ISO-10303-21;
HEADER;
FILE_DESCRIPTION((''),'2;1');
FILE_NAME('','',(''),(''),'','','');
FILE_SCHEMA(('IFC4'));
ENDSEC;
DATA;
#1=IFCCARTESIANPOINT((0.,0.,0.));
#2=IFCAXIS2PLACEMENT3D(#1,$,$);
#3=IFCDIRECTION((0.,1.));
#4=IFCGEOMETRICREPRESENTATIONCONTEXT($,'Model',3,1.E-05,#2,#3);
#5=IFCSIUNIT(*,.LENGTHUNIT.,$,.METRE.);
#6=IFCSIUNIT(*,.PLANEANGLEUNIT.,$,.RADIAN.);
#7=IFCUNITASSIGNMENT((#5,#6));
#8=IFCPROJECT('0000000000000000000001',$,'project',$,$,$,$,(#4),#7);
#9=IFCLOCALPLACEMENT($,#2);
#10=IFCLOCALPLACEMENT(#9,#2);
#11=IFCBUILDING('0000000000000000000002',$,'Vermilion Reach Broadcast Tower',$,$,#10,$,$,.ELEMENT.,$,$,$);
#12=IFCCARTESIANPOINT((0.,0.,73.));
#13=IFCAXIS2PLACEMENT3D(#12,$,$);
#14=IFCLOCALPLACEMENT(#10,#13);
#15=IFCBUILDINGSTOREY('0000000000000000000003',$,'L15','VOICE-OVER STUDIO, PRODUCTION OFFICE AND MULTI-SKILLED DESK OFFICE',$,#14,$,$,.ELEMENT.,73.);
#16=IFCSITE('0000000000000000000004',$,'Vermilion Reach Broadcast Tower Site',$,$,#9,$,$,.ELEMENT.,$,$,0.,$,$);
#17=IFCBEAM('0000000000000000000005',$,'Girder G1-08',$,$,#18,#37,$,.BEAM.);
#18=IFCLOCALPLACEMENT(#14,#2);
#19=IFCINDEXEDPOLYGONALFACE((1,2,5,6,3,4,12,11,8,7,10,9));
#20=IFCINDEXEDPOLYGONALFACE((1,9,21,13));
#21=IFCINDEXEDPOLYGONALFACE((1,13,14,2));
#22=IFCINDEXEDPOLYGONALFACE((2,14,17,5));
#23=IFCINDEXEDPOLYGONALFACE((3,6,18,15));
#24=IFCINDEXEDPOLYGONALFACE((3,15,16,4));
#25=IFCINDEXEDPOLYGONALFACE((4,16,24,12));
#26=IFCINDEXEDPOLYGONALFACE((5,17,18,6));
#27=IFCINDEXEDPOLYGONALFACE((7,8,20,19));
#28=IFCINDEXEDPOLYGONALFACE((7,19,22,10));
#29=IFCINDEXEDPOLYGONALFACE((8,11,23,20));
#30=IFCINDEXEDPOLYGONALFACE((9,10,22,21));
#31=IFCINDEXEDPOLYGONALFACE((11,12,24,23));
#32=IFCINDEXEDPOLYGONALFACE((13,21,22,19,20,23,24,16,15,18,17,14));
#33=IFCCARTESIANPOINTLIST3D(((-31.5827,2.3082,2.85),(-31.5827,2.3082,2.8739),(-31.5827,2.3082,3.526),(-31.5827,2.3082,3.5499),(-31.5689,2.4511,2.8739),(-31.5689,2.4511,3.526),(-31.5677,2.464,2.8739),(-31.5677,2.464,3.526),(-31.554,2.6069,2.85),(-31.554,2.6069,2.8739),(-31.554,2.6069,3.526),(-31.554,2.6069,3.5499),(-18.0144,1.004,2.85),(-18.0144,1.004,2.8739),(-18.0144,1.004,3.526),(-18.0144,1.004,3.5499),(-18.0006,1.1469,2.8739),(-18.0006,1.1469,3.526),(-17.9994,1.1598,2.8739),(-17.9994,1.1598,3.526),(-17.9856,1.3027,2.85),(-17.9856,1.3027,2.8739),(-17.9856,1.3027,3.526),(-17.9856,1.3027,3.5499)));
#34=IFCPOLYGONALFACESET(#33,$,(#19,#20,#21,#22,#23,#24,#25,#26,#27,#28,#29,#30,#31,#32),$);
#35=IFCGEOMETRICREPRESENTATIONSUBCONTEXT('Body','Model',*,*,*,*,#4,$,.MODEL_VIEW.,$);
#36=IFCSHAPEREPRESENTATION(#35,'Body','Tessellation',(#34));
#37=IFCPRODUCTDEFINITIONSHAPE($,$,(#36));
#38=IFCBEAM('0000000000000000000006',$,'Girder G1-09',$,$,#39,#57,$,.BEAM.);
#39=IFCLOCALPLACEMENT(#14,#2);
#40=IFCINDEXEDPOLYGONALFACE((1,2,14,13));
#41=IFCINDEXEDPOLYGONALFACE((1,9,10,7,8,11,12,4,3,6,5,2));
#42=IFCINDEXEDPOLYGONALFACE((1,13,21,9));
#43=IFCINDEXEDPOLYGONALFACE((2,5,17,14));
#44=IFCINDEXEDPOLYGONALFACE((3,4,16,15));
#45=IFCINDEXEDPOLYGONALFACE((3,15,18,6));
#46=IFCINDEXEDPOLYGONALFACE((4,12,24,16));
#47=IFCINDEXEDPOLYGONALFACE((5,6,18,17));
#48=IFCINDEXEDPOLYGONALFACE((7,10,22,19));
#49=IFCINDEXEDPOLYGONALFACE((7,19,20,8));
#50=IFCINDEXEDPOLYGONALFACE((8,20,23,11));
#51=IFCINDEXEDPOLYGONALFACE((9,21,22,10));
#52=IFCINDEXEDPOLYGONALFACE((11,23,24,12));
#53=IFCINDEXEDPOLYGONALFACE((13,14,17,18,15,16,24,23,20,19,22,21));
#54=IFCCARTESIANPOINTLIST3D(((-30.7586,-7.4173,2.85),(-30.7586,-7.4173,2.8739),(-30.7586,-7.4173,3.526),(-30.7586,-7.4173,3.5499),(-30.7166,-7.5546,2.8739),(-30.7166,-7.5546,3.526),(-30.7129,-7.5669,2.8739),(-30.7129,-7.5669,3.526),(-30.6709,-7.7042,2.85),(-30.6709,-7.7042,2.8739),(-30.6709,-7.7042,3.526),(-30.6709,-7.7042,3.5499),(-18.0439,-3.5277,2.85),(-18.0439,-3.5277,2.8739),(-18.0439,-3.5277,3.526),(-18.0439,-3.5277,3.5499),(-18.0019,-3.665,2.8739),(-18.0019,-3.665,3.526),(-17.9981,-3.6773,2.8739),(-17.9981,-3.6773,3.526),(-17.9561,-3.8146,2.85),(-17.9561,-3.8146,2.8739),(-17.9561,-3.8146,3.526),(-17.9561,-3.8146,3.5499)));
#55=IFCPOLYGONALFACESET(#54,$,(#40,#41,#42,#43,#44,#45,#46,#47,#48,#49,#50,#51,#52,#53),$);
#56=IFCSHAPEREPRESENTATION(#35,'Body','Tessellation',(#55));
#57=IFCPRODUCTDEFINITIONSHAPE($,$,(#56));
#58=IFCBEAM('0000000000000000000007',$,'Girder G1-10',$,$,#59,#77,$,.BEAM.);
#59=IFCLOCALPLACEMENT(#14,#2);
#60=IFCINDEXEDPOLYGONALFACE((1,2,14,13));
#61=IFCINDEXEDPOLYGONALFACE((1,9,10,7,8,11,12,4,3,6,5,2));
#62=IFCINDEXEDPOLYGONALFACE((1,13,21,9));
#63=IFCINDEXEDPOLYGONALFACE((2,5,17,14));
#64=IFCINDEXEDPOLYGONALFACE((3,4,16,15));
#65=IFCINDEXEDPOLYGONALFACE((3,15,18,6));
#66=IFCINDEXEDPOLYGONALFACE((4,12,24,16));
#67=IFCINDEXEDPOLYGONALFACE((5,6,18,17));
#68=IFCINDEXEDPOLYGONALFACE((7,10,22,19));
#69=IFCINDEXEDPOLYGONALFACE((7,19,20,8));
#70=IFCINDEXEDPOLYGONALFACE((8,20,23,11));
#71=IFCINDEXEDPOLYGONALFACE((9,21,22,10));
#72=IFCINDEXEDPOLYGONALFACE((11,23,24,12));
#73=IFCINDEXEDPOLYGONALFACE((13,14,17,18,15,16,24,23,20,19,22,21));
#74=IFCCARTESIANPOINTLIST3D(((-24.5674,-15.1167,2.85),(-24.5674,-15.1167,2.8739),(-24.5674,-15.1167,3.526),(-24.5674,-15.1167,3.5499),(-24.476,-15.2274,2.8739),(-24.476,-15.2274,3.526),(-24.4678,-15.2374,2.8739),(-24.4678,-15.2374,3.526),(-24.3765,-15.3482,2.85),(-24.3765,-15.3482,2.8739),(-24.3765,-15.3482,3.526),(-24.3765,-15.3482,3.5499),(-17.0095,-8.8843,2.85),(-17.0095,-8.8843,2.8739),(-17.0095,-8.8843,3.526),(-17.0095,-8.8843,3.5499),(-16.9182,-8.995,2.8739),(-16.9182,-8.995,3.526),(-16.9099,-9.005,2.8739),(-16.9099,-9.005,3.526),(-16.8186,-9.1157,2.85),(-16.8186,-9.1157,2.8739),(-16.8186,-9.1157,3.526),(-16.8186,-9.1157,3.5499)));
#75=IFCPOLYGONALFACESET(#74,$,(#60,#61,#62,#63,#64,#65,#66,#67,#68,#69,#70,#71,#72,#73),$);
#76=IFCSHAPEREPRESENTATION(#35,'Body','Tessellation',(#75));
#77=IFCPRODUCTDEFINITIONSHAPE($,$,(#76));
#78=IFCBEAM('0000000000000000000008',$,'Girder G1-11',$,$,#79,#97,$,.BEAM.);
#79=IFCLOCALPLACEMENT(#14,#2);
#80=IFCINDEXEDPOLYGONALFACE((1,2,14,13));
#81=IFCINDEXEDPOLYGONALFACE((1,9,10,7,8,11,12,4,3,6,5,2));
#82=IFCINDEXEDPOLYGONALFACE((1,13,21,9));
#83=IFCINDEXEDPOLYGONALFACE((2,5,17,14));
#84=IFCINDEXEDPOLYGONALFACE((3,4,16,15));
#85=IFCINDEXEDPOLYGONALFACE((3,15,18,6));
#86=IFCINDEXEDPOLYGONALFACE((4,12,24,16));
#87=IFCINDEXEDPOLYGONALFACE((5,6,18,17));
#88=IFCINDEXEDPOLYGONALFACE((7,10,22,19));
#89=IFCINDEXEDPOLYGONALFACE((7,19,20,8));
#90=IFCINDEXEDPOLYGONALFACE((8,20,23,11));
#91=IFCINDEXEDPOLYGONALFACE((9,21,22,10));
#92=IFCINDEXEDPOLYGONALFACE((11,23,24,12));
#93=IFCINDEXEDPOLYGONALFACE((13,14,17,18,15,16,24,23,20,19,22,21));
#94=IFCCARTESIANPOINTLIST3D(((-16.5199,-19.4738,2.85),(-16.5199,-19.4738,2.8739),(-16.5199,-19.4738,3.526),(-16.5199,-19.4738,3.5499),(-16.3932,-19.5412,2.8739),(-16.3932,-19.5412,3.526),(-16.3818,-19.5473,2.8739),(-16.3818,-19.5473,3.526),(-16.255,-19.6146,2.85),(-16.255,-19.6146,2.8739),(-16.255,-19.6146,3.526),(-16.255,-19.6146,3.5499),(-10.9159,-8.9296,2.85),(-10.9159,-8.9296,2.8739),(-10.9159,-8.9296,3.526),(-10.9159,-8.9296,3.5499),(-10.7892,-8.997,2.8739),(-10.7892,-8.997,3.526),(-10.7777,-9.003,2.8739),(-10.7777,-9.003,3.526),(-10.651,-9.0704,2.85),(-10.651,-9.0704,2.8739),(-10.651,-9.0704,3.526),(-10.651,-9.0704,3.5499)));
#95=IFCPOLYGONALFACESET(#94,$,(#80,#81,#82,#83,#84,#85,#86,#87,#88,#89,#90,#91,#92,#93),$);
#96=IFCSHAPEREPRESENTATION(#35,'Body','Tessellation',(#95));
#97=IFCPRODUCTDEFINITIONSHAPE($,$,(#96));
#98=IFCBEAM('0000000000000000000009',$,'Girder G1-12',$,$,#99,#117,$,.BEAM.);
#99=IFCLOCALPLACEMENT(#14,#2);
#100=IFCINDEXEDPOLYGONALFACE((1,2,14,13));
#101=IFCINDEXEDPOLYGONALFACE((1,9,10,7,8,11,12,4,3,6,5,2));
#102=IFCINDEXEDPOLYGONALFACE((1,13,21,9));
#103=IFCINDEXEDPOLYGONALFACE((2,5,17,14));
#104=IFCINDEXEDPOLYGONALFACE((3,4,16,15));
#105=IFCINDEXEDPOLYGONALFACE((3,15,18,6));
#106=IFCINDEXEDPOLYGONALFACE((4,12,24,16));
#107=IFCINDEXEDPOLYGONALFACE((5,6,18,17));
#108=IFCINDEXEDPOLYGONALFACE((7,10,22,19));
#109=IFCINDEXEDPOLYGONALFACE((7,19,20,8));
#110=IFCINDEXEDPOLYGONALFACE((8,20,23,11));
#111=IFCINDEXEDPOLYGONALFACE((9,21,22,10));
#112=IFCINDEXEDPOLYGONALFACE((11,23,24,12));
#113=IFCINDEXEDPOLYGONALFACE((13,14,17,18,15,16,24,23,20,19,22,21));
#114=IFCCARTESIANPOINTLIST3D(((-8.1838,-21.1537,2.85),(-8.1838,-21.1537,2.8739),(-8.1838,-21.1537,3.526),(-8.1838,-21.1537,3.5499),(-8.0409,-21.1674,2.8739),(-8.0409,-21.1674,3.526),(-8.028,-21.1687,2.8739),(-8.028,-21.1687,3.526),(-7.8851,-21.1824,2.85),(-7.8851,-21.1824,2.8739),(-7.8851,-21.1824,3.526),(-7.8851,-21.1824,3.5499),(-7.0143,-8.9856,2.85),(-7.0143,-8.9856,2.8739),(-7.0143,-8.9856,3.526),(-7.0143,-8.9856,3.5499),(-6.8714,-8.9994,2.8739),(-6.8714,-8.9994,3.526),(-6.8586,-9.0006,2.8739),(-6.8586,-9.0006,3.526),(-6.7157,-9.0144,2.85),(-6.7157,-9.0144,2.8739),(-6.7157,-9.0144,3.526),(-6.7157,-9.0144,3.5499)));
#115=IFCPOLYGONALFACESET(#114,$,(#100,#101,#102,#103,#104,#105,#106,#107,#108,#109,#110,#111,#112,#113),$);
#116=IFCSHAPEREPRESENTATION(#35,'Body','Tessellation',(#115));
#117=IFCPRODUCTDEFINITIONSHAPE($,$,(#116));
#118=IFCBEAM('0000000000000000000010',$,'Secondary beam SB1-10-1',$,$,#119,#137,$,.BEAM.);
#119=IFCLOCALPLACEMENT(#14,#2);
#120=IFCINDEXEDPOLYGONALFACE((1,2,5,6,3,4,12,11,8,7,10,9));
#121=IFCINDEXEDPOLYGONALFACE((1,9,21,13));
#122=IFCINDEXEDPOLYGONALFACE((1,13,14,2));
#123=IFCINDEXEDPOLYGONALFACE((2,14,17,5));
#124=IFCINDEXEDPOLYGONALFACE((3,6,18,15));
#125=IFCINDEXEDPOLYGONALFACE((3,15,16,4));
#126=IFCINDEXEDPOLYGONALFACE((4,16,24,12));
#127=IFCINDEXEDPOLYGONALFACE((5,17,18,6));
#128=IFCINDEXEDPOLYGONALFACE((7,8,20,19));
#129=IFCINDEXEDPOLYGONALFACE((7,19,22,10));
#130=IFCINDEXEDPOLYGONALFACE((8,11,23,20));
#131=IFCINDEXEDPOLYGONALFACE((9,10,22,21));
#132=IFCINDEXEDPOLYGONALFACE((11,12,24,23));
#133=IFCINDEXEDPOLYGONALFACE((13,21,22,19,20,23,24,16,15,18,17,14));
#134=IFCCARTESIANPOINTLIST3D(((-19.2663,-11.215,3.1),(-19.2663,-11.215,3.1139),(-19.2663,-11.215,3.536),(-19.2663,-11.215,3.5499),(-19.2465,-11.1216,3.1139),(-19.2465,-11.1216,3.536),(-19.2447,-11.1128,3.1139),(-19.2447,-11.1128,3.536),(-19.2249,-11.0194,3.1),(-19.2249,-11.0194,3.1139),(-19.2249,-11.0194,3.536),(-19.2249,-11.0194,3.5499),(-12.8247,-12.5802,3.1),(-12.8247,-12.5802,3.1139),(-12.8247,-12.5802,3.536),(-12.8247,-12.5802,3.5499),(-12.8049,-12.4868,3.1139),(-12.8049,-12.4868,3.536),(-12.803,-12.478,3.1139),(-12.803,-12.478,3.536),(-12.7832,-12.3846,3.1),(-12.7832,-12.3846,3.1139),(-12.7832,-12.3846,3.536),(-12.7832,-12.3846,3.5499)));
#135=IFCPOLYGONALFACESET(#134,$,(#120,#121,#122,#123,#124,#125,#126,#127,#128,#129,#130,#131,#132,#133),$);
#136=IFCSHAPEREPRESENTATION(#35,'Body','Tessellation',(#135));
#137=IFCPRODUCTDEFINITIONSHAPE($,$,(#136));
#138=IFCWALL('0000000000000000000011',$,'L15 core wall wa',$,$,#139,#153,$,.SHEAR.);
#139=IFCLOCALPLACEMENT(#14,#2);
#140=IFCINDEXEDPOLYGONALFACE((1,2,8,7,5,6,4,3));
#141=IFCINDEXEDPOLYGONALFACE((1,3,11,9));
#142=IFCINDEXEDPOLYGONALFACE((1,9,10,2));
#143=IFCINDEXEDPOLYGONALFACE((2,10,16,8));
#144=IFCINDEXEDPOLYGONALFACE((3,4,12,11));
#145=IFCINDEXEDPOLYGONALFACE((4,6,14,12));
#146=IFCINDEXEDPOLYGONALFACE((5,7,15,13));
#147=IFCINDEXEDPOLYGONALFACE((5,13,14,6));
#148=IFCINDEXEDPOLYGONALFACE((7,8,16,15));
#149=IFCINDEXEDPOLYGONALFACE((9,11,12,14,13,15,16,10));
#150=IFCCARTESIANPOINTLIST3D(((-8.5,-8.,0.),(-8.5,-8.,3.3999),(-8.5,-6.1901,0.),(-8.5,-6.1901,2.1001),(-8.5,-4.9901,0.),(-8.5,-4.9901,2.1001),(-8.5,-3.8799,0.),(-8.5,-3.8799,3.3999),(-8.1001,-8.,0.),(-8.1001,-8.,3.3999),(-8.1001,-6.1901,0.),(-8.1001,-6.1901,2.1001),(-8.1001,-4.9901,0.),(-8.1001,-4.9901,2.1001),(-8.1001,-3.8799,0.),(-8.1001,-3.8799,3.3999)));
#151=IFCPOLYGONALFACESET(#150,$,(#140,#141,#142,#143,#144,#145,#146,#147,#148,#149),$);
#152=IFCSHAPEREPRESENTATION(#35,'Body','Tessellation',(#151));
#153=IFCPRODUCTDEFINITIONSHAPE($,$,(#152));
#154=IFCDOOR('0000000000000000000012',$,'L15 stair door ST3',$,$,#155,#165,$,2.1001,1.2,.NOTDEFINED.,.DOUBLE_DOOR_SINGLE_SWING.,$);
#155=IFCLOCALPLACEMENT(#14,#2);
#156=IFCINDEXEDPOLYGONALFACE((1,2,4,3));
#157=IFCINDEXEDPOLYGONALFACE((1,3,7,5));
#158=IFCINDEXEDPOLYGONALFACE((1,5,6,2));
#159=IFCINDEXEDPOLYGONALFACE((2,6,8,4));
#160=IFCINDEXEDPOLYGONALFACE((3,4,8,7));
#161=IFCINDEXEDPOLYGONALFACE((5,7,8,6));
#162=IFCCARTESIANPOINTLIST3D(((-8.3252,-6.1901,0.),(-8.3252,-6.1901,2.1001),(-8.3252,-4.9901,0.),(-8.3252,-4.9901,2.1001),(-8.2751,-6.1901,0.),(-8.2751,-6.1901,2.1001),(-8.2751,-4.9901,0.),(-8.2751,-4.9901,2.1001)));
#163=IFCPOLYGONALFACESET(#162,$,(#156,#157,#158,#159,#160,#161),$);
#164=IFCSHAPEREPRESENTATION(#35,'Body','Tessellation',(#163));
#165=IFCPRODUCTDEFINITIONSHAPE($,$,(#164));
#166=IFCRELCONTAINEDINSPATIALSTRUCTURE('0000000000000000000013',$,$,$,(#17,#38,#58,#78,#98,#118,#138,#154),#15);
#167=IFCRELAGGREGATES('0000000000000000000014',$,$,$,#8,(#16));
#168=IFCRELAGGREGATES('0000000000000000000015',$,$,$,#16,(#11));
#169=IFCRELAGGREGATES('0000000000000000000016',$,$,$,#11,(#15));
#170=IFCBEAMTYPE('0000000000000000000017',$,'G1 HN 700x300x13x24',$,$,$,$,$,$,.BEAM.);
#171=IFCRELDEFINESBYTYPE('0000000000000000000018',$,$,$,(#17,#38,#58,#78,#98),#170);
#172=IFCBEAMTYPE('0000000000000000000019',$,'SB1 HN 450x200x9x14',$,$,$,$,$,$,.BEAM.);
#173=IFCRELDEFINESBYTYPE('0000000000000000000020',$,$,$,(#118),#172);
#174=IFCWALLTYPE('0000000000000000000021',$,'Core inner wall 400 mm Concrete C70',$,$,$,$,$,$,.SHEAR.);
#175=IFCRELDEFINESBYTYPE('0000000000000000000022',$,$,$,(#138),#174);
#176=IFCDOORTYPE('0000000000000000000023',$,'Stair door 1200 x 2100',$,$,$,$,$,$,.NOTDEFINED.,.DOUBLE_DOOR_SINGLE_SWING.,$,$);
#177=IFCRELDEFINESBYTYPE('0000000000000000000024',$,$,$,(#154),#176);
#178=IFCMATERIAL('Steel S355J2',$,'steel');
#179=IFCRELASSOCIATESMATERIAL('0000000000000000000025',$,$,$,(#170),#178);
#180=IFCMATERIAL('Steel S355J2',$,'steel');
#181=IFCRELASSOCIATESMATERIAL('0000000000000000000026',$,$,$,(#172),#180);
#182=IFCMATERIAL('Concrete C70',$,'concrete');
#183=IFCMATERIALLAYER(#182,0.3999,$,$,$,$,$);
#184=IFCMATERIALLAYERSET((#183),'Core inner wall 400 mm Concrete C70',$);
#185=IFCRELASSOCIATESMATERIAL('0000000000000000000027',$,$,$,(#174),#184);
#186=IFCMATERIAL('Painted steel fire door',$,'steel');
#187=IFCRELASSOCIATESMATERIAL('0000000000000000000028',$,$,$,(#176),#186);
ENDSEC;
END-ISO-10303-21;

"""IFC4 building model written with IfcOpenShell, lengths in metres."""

from ifc_helpers import new_model, si_unit, direction, frame, frame_2d, origin, origin_2d, place, context, subcontext, project, spatial, rectangle, i_section, extrude, material, layer, layer_set, material_profile, profile_set, type_object, element, fill, save


model = new_model("IFC4")

# Units and contexts
model_context = context("Model", 3, precision=1e-05, world=origin(), true_north=direction((0.0, 1.0)))
body_context = subcontext(model_context, "Body", "Model", "MODEL_VIEW")
ifc_project = project(units=[si_unit("LENGTHUNIT", "METRE"), si_unit("PLANEANGLEUNIT", "RADIAN")], contexts=[model_context])

# Site, building, storey
site_placement = place(None, origin())
site = spatial("IfcSite", under=ifc_project, at=site_placement, Name="Vermilion Reach Broadcast Tower Site", CompositionType="ELEMENT", RefElevation=0.0)
building_placement = place(site_placement, origin())
building = spatial("IfcBuilding", under=site, at=building_placement, Name="Vermilion Reach Broadcast Tower", CompositionType="ELEMENT")
storey_placement = place(building_placement, frame((0.0, 0.0, 73.0)))
storey = spatial("IfcBuildingStorey", under=building, at=storey_placement, Name="L15", Description="VOICE-OVER STUDIO, PRODUCTION OFFICE AND MULTI-SKILLED DESK OFFICE", CompositionType="ELEMENT", Elevation=73.0)

# Beams
ifc_material_1 = material(Name="Steel S355J2", Category="steel")
ifc_material_profile_1 = material_profile(ifc_material_1, i_section(OverallWidth=0.3, OverallDepth=0.7, WebThickness=0.0129, FlangeThickness=0.0239, at=origin_2d()), Name="S355J2 HN 700x300x13x24")
ifc_profile_set_1 = profile_set([ifc_material_profile_1], Name="Steel S355J2")
beam_type_1 = type_object("IfcBeamType", Name="G1 HN 700x300x13x24", PredefinedType="BEAM", material=ifc_profile_set_1)
beam_1_placement = place(storey_placement, frame((-18.0, 1.1533, 3.2), z_axis=(-0.995412, 0.09568, 0.0), x_axis=(-0.09568, -0.995412, 0.0)))
element("IfcBeam", 1, at=beam_1_placement, inside=storey, type_object=beam_type_1, Name="Girder G1-08", PredefinedType="BEAM", context=body_context, shape_type="SweptSolid", body=[
    extrude(i_section(OverallWidth=0.3, OverallDepth=0.7, WebThickness=0.0129, FlangeThickness=0.0239, at=origin_2d()), origin(), (0.0, 0.0, 1.0), 13.6309),
])
beam_2_placement = place(storey_placement, frame((-18.0, -3.6711, 3.2), z_axis=(-0.956256, -0.292532, 0.0), x_axis=(0.292532, -0.956256, 0.0)))
element("IfcBeam", 2, at=beam_2_placement, inside=storey, type_object=beam_type_1, Name="Girder G1-09", PredefinedType="BEAM", context=body_context, shape_type="SweptSolid", body=[
    extrude(i_section(OverallWidth=0.3, OverallDepth=0.7, WebThickness=0.0129, FlangeThickness=0.0239, at=origin_2d()), origin(), (0.0, 0.0, 1.0), 13.2964),
])
beam_3_placement = place(storey_placement, frame((-16.9141, -9.0, 3.2), z_axis=(-0.771514, -0.636212, 0.0), x_axis=(0.636212, -0.771514, 0.0)))
element("IfcBeam", 3, at=beam_3_placement, inside=storey, type_object=beam_type_1, Name="Girder G1-10", PredefinedType="BEAM", context=body_context, shape_type="SweptSolid", body=[
    extrude(i_section(OverallWidth=0.3, OverallDepth=0.7, WebThickness=0.0129, FlangeThickness=0.0239, at=origin_2d()), origin(), (0.0, 0.0, 1.0), 9.7961),
])
beam_4_placement = place(storey_placement, frame((-10.7834, -9.0, 3.2), z_axis=(-0.469312, -0.883032, 0.0), x_axis=(0.883032, -0.469312, 0.0)))
element("IfcBeam", 4, at=beam_4_placement, inside=storey, type_object=beam_type_1, Name="Girder G1-11", PredefinedType="BEAM", context=body_context, shape_type="SweptSolid", body=[
    extrude(i_section(OverallWidth=0.3, OverallDepth=0.7, WebThickness=0.0129, FlangeThickness=0.0239, at=origin_2d()), origin(), (0.0, 0.0, 1.0), 11.9409),
])
beam_5_placement = place(storey_placement, frame((-6.865, -9.0, 3.2), z_axis=(-0.095667, -0.995413, 0.0), x_axis=(0.995413, -0.095667, 0.0)))
element("IfcBeam", 5, at=beam_5_placement, inside=storey, type_object=beam_type_1, Name="Girder G1-12", PredefinedType="BEAM", context=body_context, shape_type="SweptSolid", body=[
    extrude(i_section(OverallWidth=0.3, OverallDepth=0.7, WebThickness=0.0129, FlangeThickness=0.0239, at=origin_2d()), origin(), (0.0, 0.0, 1.0), 12.2241),
])
ifc_material_2 = material(Name="Steel S355J2", Category="steel")
ifc_material_profile_2 = material_profile(ifc_material_2, i_section(OverallWidth=0.2, OverallDepth=0.45, WebThickness=0.009, FlangeThickness=0.0139, at=origin_2d()), Name="S355J2 HN 450x200x9x14")
ifc_profile_set_2 = profile_set([ifc_material_profile_2], Name="Steel S355J2")
beam_type_2 = type_object("IfcBeamType", Name="SB1 HN 450x200x9x14", PredefinedType="BEAM", material=ifc_profile_set_2)
beam_6_placement = place(storey_placement, frame((-19.2456, -11.1172, 3.325), z_axis=(0.97827, -0.207333, 0.0), x_axis=(0.207333, 0.97827, 0.0)))
element("IfcBeam", 6, at=beam_6_placement, inside=storey, type_object=beam_type_2, Name="Secondary beam SB1-10-1", PredefinedType="BEAM", context=body_context, shape_type="SweptSolid", body=[
    extrude(i_section(OverallWidth=0.2, OverallDepth=0.45, WebThickness=0.009, FlangeThickness=0.0139, at=origin_2d()), origin(), (0.0, 0.0, 1.0), 6.5847),
])

# Wall, opening, door
ifc_material_3 = material(Name="Concrete C70", Category="concrete")
ifc_layer_1 = layer(ifc_material_3, 0.3999)
ifc_layer_set_1 = layer_set([ifc_layer_1], Name="Core inner wall 400 mm Concrete C70")
wall_type_1 = type_object("IfcWallType", Name="Core inner wall 400 mm Concrete C70", PredefinedType="SHEAR", material=ifc_layer_set_1)
wall_1_placement = place(storey_placement, frame((-8.3, -3.8799, 0.0), z_axis=(0.0, 0.0, 1.0), x_axis=(0.0, -1.0, 0.0)))
wall_1 = element("IfcWall", 7, at=wall_1_placement, inside=storey, type_object=wall_type_1, Name="L15 core wall wa", PredefinedType="SHEAR", context=body_context, shape_type="SweptSolid", body=[
    extrude(rectangle(XDim=4.1201, YDim=0.3999, at=frame_2d((2.0601, 0.0))), origin(), (0.0, 0.0, 1.0), 3.3999),
])
opening_1_placement = place(wall_1_placement, frame((1.1101, 0.0, 0.0)))
opening_1 = element("IfcOpeningElement", 8, at=opening_1_placement, cuts=wall_1, PredefinedType="OPENING", context=body_context, shape_type="SweptSolid", body=[
    extrude(rectangle(XDim=1.2, YDim=2.1001, at=frame_2d((0.6001, 1.05))), frame((0.0, 0.21, 0.0), z_axis=(0.0, -1.0, 0.0), x_axis=(1.0, 0.0, 0.0)), (0.0, 0.0, 1.0), 0.4199),
])
ifc_material_4 = material(Name="Painted steel fire door", Category="steel")
door_type_1 = type_object("IfcDoorType", Name="Stair door 1200 x 2100", OperationType="DOUBLE_DOOR_SINGLE_SWING", PredefinedType="NOTDEFINED", material=ifc_material_4)
door_1_placement = place(opening_1_placement, origin())
door_1 = element("IfcDoor", 9, at=door_1_placement, inside=storey, type_object=door_type_1, Name="L15 stair door ST3", OperationType="DOUBLE_DOOR_SINGLE_SWING", OverallHeight=2.1001, OverallWidth=1.2, PredefinedType="NOTDEFINED", context=body_context, shape_type="SweptSolid", body=[
    extrude(rectangle(XDim=1.2, YDim=2.1001, at=frame_2d((0.6001, 1.05))), frame((0.0, 0.0249, 0.0), z_axis=(0.0, -1.0, 0.0), x_axis=(1.0, 0.0, 0.0)), (0.0, 0.0, 1.0), 0.05),
])
fill(opening_1, door_1)

save(model, "model.ifc")
